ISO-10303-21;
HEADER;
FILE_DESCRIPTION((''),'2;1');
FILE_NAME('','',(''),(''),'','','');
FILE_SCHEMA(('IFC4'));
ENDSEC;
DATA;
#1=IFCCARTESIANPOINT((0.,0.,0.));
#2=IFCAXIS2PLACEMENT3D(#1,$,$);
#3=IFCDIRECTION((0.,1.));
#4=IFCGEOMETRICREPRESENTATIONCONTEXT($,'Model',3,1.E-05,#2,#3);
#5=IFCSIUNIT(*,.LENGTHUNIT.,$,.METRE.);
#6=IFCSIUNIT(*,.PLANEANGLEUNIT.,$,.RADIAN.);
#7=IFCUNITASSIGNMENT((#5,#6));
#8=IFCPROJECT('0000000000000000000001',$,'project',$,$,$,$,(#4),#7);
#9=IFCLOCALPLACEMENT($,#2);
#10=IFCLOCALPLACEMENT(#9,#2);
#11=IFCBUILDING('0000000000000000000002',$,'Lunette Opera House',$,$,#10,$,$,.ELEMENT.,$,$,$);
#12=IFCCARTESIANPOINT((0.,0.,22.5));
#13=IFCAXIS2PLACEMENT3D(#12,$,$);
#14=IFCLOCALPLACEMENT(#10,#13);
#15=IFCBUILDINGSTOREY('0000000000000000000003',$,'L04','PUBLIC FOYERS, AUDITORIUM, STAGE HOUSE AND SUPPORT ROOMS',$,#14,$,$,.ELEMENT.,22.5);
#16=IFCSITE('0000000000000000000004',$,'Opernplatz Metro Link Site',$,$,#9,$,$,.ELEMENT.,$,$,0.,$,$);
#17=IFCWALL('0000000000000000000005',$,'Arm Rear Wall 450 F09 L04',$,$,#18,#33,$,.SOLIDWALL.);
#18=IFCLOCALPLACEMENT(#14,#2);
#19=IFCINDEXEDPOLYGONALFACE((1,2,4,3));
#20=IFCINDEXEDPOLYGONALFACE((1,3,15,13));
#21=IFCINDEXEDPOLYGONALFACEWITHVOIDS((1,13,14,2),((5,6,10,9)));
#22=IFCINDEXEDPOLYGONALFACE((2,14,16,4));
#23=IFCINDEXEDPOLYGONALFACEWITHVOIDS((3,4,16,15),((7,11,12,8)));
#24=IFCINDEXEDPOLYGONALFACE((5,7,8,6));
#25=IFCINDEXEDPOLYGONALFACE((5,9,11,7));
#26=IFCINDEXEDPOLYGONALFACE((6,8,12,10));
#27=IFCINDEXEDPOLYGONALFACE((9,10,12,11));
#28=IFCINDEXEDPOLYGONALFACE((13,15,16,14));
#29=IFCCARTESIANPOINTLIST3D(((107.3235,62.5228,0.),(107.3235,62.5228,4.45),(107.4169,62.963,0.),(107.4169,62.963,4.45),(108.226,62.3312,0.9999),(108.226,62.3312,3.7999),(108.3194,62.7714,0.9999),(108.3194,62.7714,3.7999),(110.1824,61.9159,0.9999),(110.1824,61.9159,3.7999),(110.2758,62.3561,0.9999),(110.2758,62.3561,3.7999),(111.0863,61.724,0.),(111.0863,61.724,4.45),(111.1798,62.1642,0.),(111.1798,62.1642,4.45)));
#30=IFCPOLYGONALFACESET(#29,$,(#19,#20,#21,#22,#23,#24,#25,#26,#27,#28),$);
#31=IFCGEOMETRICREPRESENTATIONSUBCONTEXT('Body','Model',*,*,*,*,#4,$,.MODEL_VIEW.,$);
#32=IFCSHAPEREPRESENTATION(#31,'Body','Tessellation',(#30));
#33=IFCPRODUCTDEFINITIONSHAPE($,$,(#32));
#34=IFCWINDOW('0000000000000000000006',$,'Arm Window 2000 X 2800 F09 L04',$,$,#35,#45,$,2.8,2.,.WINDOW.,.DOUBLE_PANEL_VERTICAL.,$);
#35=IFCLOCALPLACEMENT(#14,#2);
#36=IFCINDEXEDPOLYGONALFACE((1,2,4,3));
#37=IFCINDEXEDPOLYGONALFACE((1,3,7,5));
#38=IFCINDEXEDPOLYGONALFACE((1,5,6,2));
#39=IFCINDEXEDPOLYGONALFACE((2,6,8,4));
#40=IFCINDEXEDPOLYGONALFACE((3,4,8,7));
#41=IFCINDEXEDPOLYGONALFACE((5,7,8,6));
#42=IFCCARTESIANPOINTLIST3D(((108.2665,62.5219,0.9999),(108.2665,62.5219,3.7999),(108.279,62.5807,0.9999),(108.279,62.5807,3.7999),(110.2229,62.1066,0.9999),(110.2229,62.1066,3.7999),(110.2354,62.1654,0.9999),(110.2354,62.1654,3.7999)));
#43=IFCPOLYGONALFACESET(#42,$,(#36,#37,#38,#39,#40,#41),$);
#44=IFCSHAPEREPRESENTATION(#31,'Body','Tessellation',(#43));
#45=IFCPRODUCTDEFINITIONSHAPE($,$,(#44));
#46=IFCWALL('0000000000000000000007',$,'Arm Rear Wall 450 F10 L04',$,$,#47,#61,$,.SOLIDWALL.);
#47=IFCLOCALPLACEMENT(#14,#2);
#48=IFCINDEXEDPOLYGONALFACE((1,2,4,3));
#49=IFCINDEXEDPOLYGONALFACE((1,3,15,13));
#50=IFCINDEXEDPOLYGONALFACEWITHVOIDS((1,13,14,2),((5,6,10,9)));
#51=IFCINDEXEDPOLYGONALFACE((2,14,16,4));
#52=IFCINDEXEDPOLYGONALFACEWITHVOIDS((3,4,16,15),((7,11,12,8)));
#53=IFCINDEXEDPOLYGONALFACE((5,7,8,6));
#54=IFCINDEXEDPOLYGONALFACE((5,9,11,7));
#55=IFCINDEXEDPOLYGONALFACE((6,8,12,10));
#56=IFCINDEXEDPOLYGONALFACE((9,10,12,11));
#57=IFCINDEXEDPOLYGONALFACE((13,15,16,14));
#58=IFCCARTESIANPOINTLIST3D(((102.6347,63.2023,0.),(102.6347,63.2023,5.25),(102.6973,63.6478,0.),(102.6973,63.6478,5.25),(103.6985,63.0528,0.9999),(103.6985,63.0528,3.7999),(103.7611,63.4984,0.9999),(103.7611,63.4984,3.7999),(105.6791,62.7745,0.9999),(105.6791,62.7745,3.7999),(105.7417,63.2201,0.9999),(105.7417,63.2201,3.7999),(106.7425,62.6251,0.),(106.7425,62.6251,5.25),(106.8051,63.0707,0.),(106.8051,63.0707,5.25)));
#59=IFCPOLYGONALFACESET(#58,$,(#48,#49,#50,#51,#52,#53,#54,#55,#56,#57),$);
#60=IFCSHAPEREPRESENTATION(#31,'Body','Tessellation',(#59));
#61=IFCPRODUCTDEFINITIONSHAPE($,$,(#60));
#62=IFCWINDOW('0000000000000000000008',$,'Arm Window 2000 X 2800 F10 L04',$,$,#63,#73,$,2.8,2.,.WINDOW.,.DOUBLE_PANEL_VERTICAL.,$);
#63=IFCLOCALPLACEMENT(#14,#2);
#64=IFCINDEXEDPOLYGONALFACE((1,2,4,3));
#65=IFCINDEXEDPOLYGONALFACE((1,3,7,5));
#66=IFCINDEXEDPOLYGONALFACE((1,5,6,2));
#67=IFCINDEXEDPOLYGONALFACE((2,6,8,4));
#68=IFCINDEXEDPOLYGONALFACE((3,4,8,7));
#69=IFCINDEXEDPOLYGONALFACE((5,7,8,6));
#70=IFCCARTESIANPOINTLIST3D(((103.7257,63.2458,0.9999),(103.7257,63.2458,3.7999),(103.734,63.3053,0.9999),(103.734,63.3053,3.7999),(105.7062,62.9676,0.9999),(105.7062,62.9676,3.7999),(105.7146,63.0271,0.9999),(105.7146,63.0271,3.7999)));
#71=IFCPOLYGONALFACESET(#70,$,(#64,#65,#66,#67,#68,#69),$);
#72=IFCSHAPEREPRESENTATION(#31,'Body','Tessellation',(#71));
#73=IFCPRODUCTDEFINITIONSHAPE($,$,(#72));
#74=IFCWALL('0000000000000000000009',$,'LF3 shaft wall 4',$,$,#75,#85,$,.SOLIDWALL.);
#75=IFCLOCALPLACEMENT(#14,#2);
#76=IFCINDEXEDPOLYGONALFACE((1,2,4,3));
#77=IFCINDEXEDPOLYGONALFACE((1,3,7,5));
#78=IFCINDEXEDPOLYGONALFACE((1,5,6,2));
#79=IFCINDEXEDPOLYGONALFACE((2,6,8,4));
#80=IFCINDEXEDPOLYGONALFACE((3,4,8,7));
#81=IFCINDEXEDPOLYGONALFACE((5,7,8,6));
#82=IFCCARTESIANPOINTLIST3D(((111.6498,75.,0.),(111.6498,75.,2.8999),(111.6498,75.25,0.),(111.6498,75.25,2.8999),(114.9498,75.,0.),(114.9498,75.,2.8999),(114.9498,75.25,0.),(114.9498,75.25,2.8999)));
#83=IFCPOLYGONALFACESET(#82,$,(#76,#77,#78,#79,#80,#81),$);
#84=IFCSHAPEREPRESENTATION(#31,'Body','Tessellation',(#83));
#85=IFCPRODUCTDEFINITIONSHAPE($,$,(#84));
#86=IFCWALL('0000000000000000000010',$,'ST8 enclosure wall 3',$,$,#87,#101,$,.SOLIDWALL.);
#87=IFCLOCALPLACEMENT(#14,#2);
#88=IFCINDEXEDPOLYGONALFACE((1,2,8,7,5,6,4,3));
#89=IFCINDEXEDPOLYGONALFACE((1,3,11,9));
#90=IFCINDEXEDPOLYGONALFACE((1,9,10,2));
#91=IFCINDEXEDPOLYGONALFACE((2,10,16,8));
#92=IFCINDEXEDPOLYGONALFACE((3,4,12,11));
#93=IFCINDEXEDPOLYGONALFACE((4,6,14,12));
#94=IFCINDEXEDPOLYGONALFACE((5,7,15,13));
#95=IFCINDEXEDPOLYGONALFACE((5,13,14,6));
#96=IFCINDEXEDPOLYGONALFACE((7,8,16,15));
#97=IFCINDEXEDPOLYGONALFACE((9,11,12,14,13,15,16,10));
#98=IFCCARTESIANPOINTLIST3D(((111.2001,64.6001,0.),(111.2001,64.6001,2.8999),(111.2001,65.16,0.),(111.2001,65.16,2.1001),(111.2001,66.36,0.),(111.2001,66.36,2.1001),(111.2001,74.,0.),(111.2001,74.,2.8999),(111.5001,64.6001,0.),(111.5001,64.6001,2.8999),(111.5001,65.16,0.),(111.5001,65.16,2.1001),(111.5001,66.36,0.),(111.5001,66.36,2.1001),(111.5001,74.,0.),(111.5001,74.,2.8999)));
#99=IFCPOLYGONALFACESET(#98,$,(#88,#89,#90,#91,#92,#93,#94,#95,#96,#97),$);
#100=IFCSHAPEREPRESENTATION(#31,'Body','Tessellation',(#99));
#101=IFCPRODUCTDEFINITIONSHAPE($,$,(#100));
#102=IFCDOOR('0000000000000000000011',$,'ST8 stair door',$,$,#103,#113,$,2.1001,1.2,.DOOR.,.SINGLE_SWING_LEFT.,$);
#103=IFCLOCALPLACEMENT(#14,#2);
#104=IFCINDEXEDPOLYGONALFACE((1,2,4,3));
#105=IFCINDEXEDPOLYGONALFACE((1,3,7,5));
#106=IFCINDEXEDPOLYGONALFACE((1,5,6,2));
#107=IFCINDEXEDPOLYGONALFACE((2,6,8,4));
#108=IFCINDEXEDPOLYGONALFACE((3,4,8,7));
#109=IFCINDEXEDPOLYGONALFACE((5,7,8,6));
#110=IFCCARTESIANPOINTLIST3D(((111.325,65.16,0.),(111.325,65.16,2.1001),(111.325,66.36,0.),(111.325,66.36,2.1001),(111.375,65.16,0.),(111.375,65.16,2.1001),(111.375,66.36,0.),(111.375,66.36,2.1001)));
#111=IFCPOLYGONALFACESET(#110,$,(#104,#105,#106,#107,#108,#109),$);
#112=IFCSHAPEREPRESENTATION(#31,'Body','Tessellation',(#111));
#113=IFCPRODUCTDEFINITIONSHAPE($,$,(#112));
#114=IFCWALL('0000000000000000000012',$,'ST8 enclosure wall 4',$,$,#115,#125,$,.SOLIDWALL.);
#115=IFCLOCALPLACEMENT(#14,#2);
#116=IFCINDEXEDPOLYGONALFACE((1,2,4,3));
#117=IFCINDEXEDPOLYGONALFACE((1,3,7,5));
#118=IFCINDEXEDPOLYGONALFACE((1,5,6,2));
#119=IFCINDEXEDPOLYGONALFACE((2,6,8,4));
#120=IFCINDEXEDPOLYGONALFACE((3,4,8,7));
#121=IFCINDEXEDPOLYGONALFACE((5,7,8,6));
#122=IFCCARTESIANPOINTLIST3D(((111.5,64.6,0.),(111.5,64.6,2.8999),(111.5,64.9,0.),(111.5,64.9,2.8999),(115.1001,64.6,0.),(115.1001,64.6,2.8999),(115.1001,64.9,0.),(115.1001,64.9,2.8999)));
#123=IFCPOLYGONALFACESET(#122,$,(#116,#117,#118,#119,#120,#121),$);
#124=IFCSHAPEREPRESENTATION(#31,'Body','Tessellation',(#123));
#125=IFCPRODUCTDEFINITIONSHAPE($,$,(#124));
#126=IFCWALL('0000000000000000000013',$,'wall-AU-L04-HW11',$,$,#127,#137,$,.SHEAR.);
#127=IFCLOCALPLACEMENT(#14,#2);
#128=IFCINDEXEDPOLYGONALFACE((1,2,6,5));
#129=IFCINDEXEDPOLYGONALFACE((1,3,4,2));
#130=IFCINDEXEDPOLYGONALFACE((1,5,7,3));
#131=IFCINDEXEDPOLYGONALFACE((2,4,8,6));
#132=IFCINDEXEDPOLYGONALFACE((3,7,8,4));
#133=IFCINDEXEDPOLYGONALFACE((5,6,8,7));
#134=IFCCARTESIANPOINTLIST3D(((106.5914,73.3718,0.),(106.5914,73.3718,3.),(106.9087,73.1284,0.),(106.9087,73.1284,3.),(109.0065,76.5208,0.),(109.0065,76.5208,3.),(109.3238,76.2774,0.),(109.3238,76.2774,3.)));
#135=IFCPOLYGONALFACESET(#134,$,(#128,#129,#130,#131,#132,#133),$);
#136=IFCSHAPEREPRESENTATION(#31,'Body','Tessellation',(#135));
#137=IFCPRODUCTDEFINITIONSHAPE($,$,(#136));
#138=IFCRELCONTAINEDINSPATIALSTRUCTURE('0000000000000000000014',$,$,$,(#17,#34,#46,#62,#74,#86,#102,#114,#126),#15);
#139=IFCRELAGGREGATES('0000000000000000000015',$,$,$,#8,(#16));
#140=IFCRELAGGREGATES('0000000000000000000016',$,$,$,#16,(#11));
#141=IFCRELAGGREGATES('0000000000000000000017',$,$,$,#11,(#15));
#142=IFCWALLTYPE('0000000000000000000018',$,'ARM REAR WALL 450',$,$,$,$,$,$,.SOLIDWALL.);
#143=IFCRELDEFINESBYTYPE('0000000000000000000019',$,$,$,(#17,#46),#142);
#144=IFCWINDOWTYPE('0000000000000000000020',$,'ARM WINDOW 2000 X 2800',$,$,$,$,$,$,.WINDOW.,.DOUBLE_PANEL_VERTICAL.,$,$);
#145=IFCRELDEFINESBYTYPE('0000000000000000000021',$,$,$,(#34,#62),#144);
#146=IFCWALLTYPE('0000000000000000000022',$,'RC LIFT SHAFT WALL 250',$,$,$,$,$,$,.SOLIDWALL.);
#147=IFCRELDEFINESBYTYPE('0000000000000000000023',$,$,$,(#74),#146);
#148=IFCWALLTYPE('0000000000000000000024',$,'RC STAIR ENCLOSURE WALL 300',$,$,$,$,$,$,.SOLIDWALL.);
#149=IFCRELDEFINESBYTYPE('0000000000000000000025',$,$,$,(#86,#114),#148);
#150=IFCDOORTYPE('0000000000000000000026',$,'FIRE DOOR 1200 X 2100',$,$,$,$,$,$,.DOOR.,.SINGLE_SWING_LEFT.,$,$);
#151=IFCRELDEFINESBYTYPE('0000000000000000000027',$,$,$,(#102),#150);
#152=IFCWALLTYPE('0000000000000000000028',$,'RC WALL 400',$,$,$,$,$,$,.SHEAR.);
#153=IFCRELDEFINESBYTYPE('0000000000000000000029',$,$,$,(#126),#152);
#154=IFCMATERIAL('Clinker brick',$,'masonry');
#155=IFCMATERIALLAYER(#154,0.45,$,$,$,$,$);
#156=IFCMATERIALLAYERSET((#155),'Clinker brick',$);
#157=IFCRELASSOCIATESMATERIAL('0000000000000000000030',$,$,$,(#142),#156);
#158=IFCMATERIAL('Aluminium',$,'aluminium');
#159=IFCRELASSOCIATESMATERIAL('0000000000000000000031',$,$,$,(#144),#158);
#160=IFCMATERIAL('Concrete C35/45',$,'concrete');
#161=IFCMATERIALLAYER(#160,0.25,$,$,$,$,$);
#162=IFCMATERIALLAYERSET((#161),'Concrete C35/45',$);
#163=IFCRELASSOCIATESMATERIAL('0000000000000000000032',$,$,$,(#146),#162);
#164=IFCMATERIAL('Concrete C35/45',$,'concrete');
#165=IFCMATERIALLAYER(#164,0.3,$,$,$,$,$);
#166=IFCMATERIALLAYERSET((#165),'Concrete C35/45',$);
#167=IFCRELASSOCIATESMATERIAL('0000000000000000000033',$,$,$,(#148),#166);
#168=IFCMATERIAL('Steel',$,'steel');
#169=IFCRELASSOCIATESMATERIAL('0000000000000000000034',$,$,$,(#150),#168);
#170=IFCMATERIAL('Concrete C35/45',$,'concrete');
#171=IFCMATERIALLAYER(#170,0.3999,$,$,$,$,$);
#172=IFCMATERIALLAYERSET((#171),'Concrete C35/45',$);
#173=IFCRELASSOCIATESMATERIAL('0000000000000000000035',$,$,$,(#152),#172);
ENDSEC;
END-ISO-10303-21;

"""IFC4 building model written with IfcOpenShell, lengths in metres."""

from ifc_helpers import new_model, si_unit, direction, frame, frame_2d, origin, place, context, subcontext, project, spatial, rectangle, extrude, material, layer, layer_set, type_object, element, fill, save


model = new_model("IFC4")

# Units and contexts
model_context = context("Model", 3, precision=1e-05, world=origin(), true_north=direction((0.0, 1.0)))
body_context = subcontext(model_context, "Body", "Model", "MODEL_VIEW")
ifc_project = project(units=[si_unit("LENGTHUNIT", "METRE"), si_unit("PLANEANGLEUNIT", "RADIAN")], contexts=[model_context])

# Site, building, storey
site_placement = place(None, origin())
site = spatial("IfcSite", under=ifc_project, at=site_placement, Name="Opernplatz Metro Link Site", CompositionType="ELEMENT", RefElevation=0.0)
building_placement = place(site_placement, origin())
building = spatial("IfcBuilding", under=site, at=building_placement, Name="Lunette Opera House", CompositionType="ELEMENT")
storey_placement = place(building_placement, frame((0.0, 0.0, 22.5)))
storey = spatial("IfcBuildingStorey", under=building, at=storey_placement, Name="L04", Description="PUBLIC FOYERS, AUDITORIUM, STAGE HOUSE AND SUPPORT ROOMS", CompositionType="ELEMENT", Elevation=22.5)

# Walls, openings, windows
ifc_material_1 = material(Name="Clinker brick", Category="masonry")
ifc_layer_1 = layer(ifc_material_1, 0.45)
ifc_layer_set_1 = layer_set([ifc_layer_1], Name="Clinker brick")
wall_type_1 = type_object("IfcWallType", Name="ARM REAR WALL 450", PredefinedType="SOLIDWALL", material=ifc_layer_set_1)
wall_1_placement = place(storey_placement, frame((111.1331, 61.9441, 0.0), z_axis=(0.0, 0.0, 1.0), x_axis=(-0.978201, 0.207661, 0.0)))
wall_1 = element("IfcWall", 1, at=wall_1_placement, inside=storey, type_object=wall_type_1, Name="Arm Rear Wall 450 F09 L04", PredefinedType="SOLIDWALL", context=body_context, shape_type="SweptSolid", body=[
    extrude(rectangle(XDim=3.8467, YDim=0.45, at=frame_2d((1.9233, 0.0))), origin(), (0.0, 0.0, 1.0), 4.45),
])
opening_1_placement = place(wall_1_placement, frame((0.9241, 0.0, 1.0)))
opening_1 = element("IfcOpeningElement", 2, at=opening_1_placement, cuts=wall_1, PredefinedType="OPENING", context=body_context, shape_type="SweptSolid", body=[
    extrude(rectangle(XDim=2.0, YDim=2.8, at=frame_2d((1.0, 1.3999))), frame((0.0, 0.2371, 0.0), z_axis=(0.0, -1.0, 0.0), x_axis=(1.0, 0.0, 0.0)), (0.0, 0.0, 1.0), 0.4739),
])
ifc_material_2 = material(Name="Aluminium", Category="aluminium")
window_type = type_object("IfcWindowType", Name="ARM WINDOW 2000 X 2800", PartitioningType="DOUBLE_PANEL_VERTICAL", PredefinedType="WINDOW", material=ifc_material_2)
window_1_placement = place(opening_1_placement, origin())
window_1 = element("IfcWindow", 3, at=window_1_placement, inside=storey, type_object=window_type, Name="Arm Window 2000 X 2800 F09 L04", OverallHeight=2.8, OverallWidth=2.0, PartitioningType="DOUBLE_PANEL_VERTICAL", PredefinedType="WINDOW", context=body_context, shape_type="SweptSolid", body=[
    extrude(rectangle(XDim=2.0, YDim=2.8, at=frame_2d((1.0, 1.3999))), frame((0.0, 0.03, 0.0), z_axis=(0.0, -1.0, 0.0), x_axis=(1.0, 0.0, 0.0)), (0.0, 0.0, 1.0), 0.0601),
])
fill(opening_1, window_1)
wall_2_placement = place(storey_placement, frame((106.7739, 62.8479, 0.0), z_axis=(0.0, 0.0, 1.0), x_axis=(-0.990274, 0.13913, 0.0)))
wall_2 = element("IfcWall", 4, at=wall_2_placement, inside=storey, type_object=wall_type_1, Name="Arm Rear Wall 450 F10 L04", PredefinedType="SOLIDWALL", context=body_context, shape_type="SweptSolid", body=[
    extrude(rectangle(XDim=4.1482, YDim=0.45, at=frame_2d((2.0742, 0.0))), origin(), (0.0, 0.0, 1.0), 5.25),
])
opening_2_placement = place(wall_2_placement, frame((1.074, 0.0, 1.0)))
opening_2 = element("IfcOpeningElement", 5, at=opening_2_placement, cuts=wall_2, PredefinedType="OPENING", context=body_context, shape_type="SweptSolid", body=[
    extrude(rectangle(XDim=2.0, YDim=2.8, at=frame_2d((1.0, 1.3999))), frame((0.0, 0.2371, 0.0), z_axis=(0.0, -1.0, 0.0), x_axis=(1.0, 0.0, 0.0)), (0.0, 0.0, 1.0), 0.4739),
])
window_2_placement = place(opening_2_placement, origin())
window_2 = element("IfcWindow", 6, at=window_2_placement, inside=storey, type_object=window_type, Name="Arm Window 2000 X 2800 F10 L04", OverallHeight=2.8, OverallWidth=2.0, PartitioningType="DOUBLE_PANEL_VERTICAL", PredefinedType="WINDOW", context=body_context, shape_type="SweptSolid", body=[
    extrude(rectangle(XDim=2.0, YDim=2.8, at=frame_2d((1.0, 1.3999))), frame((0.0, 0.03, 0.0), z_axis=(0.0, -1.0, 0.0), x_axis=(1.0, 0.0, 0.0)), (0.0, 0.0, 1.0), 0.0601),
])
fill(opening_2, window_2)

# Wall
ifc_material_3 = material(Name="Concrete C35/45", Category="concrete")
ifc_layer_2 = layer(ifc_material_3, 0.25)
ifc_layer_set_2 = layer_set([ifc_layer_2], Name="Concrete C35/45")
wall_type_2 = type_object("IfcWallType", Name="RC LIFT SHAFT WALL 250", PredefinedType="SOLIDWALL", material=ifc_layer_set_2)
wall_3_placement = place(storey_placement, frame((111.6499, 75.125, 0.0), z_axis=(0.0, 0.0, 1.0), x_axis=(1.0, 0.0, 0.0)))
element("IfcWall", 7, at=wall_3_placement, inside=storey, type_object=wall_type_2, Name="LF3 shaft wall 4", PredefinedType="SOLIDWALL", context=body_context, shape_type="SweptSolid", body=[
    extrude(rectangle(XDim=3.3, YDim=0.25, at=frame_2d((1.6499, 0.0))), origin(), (0.0, 0.0, 1.0), 2.8999),
])

# Wall, opening, door
ifc_material_4 = material(Name="Concrete C35/45", Category="concrete")
ifc_layer_3 = layer(ifc_material_4, 0.3)
ifc_layer_set_3 = layer_set([ifc_layer_3], Name="Concrete C35/45")
wall_type_3 = type_object("IfcWallType", Name="RC STAIR ENCLOSURE WALL 300", PredefinedType="SOLIDWALL", material=ifc_layer_set_3)
wall_4_placement = place(storey_placement, frame((111.3501, 74.0, 0.0), z_axis=(0.0, 0.0, 1.0), x_axis=(0.0, -1.0, 0.0)))
wall_4 = element("IfcWall", 8, at=wall_4_placement, inside=storey, type_object=wall_type_3, Name="ST8 enclosure wall 3", PredefinedType="SOLIDWALL", context=body_context, shape_type="SweptSolid", body=[
    extrude(rectangle(XDim=9.3999, YDim=0.3, at=frame_2d((4.7, 0.0))), origin(), (0.0, 0.0, 1.0), 2.8999),
])
opening_3_placement = place(wall_4_placement, frame((7.6399, 0.0, 0.0)))
opening_3 = element("IfcOpeningElement", 9, at=opening_3_placement, cuts=wall_4, PredefinedType="OPENING", context=body_context, shape_type="SweptSolid", body=[
    extrude(rectangle(XDim=1.2, YDim=2.1001, at=frame_2d((0.6001, 1.05))), frame((0.0, 0.1621, 0.0), z_axis=(0.0, -1.0, 0.0), x_axis=(1.0, 0.0, 0.0)), (0.0, 0.0, 1.0), 0.324),
])
ifc_material_5 = material(Name="Steel", Category="steel")
door_type = type_object("IfcDoorType", Name="FIRE DOOR 1200 X 2100", OperationType="SINGLE_SWING_LEFT", PredefinedType="DOOR", material=ifc_material_5)
door_placement = place(opening_3_placement, origin())
door = element("IfcDoor", 10, at=door_placement, inside=storey, type_object=door_type, Name="ST8 stair door", OperationType="SINGLE_SWING_LEFT", OverallHeight=2.1001, OverallWidth=1.2, PredefinedType="DOOR", context=body_context, shape_type="SweptSolid", body=[
    extrude(rectangle(XDim=1.2, YDim=2.1001, at=frame_2d((0.6001, 1.05))), frame((0.0, 0.0249, 0.0), z_axis=(0.0, -1.0, 0.0), x_axis=(1.0, 0.0, 0.0)), (0.0, 0.0, 1.0), 0.05),
])
fill(opening_3, door)

# Walls
wall_5_placement = place(storey_placement, frame((111.5, 64.75, 0.0), z_axis=(0.0, 0.0, 1.0), x_axis=(1.0, 0.0, 0.0)))
element("IfcWall", 11, at=wall_5_placement, inside=storey, type_object=wall_type_3, Name="ST8 enclosure wall 4", PredefinedType="SOLIDWALL", context=body_context, shape_type="SweptSolid", body=[
    extrude(rectangle(XDim=3.6001, YDim=0.3, at=frame_2d((1.8, 0.0))), origin(), (0.0, 0.0, 1.0), 2.8999),
])
ifc_material_6 = material(Name="Concrete C35/45", Category="concrete")
ifc_layer_4 = layer(ifc_material_6, 0.3999)
ifc_layer_set_4 = layer_set([ifc_layer_4], Name="Concrete C35/45")
wall_type_4 = type_object("IfcWallType", Name="RC WALL 400", PredefinedType="SHEAR", material=ifc_layer_set_4)
wall_6_placement = place(storey_placement, frame((106.75, 73.25, 0.0), z_axis=(0.0, 0.0, 1.0), x_axis=(0.608568, 0.793501, 0.0)))
element("IfcWall", 12, at=wall_6_placement, inside=storey, type_object=wall_type_4, Name="wall-AU-L04-HW11", PredefinedType="SHEAR", context=body_context, shape_type="SweptSolid", body=[
    extrude(rectangle(XDim=3.9685, YDim=0.3999, at=frame_2d((1.9844, 0.0))), origin(), (0.0, 0.0, 1.0), 3.0),
])

save(model, "model.ifc")
